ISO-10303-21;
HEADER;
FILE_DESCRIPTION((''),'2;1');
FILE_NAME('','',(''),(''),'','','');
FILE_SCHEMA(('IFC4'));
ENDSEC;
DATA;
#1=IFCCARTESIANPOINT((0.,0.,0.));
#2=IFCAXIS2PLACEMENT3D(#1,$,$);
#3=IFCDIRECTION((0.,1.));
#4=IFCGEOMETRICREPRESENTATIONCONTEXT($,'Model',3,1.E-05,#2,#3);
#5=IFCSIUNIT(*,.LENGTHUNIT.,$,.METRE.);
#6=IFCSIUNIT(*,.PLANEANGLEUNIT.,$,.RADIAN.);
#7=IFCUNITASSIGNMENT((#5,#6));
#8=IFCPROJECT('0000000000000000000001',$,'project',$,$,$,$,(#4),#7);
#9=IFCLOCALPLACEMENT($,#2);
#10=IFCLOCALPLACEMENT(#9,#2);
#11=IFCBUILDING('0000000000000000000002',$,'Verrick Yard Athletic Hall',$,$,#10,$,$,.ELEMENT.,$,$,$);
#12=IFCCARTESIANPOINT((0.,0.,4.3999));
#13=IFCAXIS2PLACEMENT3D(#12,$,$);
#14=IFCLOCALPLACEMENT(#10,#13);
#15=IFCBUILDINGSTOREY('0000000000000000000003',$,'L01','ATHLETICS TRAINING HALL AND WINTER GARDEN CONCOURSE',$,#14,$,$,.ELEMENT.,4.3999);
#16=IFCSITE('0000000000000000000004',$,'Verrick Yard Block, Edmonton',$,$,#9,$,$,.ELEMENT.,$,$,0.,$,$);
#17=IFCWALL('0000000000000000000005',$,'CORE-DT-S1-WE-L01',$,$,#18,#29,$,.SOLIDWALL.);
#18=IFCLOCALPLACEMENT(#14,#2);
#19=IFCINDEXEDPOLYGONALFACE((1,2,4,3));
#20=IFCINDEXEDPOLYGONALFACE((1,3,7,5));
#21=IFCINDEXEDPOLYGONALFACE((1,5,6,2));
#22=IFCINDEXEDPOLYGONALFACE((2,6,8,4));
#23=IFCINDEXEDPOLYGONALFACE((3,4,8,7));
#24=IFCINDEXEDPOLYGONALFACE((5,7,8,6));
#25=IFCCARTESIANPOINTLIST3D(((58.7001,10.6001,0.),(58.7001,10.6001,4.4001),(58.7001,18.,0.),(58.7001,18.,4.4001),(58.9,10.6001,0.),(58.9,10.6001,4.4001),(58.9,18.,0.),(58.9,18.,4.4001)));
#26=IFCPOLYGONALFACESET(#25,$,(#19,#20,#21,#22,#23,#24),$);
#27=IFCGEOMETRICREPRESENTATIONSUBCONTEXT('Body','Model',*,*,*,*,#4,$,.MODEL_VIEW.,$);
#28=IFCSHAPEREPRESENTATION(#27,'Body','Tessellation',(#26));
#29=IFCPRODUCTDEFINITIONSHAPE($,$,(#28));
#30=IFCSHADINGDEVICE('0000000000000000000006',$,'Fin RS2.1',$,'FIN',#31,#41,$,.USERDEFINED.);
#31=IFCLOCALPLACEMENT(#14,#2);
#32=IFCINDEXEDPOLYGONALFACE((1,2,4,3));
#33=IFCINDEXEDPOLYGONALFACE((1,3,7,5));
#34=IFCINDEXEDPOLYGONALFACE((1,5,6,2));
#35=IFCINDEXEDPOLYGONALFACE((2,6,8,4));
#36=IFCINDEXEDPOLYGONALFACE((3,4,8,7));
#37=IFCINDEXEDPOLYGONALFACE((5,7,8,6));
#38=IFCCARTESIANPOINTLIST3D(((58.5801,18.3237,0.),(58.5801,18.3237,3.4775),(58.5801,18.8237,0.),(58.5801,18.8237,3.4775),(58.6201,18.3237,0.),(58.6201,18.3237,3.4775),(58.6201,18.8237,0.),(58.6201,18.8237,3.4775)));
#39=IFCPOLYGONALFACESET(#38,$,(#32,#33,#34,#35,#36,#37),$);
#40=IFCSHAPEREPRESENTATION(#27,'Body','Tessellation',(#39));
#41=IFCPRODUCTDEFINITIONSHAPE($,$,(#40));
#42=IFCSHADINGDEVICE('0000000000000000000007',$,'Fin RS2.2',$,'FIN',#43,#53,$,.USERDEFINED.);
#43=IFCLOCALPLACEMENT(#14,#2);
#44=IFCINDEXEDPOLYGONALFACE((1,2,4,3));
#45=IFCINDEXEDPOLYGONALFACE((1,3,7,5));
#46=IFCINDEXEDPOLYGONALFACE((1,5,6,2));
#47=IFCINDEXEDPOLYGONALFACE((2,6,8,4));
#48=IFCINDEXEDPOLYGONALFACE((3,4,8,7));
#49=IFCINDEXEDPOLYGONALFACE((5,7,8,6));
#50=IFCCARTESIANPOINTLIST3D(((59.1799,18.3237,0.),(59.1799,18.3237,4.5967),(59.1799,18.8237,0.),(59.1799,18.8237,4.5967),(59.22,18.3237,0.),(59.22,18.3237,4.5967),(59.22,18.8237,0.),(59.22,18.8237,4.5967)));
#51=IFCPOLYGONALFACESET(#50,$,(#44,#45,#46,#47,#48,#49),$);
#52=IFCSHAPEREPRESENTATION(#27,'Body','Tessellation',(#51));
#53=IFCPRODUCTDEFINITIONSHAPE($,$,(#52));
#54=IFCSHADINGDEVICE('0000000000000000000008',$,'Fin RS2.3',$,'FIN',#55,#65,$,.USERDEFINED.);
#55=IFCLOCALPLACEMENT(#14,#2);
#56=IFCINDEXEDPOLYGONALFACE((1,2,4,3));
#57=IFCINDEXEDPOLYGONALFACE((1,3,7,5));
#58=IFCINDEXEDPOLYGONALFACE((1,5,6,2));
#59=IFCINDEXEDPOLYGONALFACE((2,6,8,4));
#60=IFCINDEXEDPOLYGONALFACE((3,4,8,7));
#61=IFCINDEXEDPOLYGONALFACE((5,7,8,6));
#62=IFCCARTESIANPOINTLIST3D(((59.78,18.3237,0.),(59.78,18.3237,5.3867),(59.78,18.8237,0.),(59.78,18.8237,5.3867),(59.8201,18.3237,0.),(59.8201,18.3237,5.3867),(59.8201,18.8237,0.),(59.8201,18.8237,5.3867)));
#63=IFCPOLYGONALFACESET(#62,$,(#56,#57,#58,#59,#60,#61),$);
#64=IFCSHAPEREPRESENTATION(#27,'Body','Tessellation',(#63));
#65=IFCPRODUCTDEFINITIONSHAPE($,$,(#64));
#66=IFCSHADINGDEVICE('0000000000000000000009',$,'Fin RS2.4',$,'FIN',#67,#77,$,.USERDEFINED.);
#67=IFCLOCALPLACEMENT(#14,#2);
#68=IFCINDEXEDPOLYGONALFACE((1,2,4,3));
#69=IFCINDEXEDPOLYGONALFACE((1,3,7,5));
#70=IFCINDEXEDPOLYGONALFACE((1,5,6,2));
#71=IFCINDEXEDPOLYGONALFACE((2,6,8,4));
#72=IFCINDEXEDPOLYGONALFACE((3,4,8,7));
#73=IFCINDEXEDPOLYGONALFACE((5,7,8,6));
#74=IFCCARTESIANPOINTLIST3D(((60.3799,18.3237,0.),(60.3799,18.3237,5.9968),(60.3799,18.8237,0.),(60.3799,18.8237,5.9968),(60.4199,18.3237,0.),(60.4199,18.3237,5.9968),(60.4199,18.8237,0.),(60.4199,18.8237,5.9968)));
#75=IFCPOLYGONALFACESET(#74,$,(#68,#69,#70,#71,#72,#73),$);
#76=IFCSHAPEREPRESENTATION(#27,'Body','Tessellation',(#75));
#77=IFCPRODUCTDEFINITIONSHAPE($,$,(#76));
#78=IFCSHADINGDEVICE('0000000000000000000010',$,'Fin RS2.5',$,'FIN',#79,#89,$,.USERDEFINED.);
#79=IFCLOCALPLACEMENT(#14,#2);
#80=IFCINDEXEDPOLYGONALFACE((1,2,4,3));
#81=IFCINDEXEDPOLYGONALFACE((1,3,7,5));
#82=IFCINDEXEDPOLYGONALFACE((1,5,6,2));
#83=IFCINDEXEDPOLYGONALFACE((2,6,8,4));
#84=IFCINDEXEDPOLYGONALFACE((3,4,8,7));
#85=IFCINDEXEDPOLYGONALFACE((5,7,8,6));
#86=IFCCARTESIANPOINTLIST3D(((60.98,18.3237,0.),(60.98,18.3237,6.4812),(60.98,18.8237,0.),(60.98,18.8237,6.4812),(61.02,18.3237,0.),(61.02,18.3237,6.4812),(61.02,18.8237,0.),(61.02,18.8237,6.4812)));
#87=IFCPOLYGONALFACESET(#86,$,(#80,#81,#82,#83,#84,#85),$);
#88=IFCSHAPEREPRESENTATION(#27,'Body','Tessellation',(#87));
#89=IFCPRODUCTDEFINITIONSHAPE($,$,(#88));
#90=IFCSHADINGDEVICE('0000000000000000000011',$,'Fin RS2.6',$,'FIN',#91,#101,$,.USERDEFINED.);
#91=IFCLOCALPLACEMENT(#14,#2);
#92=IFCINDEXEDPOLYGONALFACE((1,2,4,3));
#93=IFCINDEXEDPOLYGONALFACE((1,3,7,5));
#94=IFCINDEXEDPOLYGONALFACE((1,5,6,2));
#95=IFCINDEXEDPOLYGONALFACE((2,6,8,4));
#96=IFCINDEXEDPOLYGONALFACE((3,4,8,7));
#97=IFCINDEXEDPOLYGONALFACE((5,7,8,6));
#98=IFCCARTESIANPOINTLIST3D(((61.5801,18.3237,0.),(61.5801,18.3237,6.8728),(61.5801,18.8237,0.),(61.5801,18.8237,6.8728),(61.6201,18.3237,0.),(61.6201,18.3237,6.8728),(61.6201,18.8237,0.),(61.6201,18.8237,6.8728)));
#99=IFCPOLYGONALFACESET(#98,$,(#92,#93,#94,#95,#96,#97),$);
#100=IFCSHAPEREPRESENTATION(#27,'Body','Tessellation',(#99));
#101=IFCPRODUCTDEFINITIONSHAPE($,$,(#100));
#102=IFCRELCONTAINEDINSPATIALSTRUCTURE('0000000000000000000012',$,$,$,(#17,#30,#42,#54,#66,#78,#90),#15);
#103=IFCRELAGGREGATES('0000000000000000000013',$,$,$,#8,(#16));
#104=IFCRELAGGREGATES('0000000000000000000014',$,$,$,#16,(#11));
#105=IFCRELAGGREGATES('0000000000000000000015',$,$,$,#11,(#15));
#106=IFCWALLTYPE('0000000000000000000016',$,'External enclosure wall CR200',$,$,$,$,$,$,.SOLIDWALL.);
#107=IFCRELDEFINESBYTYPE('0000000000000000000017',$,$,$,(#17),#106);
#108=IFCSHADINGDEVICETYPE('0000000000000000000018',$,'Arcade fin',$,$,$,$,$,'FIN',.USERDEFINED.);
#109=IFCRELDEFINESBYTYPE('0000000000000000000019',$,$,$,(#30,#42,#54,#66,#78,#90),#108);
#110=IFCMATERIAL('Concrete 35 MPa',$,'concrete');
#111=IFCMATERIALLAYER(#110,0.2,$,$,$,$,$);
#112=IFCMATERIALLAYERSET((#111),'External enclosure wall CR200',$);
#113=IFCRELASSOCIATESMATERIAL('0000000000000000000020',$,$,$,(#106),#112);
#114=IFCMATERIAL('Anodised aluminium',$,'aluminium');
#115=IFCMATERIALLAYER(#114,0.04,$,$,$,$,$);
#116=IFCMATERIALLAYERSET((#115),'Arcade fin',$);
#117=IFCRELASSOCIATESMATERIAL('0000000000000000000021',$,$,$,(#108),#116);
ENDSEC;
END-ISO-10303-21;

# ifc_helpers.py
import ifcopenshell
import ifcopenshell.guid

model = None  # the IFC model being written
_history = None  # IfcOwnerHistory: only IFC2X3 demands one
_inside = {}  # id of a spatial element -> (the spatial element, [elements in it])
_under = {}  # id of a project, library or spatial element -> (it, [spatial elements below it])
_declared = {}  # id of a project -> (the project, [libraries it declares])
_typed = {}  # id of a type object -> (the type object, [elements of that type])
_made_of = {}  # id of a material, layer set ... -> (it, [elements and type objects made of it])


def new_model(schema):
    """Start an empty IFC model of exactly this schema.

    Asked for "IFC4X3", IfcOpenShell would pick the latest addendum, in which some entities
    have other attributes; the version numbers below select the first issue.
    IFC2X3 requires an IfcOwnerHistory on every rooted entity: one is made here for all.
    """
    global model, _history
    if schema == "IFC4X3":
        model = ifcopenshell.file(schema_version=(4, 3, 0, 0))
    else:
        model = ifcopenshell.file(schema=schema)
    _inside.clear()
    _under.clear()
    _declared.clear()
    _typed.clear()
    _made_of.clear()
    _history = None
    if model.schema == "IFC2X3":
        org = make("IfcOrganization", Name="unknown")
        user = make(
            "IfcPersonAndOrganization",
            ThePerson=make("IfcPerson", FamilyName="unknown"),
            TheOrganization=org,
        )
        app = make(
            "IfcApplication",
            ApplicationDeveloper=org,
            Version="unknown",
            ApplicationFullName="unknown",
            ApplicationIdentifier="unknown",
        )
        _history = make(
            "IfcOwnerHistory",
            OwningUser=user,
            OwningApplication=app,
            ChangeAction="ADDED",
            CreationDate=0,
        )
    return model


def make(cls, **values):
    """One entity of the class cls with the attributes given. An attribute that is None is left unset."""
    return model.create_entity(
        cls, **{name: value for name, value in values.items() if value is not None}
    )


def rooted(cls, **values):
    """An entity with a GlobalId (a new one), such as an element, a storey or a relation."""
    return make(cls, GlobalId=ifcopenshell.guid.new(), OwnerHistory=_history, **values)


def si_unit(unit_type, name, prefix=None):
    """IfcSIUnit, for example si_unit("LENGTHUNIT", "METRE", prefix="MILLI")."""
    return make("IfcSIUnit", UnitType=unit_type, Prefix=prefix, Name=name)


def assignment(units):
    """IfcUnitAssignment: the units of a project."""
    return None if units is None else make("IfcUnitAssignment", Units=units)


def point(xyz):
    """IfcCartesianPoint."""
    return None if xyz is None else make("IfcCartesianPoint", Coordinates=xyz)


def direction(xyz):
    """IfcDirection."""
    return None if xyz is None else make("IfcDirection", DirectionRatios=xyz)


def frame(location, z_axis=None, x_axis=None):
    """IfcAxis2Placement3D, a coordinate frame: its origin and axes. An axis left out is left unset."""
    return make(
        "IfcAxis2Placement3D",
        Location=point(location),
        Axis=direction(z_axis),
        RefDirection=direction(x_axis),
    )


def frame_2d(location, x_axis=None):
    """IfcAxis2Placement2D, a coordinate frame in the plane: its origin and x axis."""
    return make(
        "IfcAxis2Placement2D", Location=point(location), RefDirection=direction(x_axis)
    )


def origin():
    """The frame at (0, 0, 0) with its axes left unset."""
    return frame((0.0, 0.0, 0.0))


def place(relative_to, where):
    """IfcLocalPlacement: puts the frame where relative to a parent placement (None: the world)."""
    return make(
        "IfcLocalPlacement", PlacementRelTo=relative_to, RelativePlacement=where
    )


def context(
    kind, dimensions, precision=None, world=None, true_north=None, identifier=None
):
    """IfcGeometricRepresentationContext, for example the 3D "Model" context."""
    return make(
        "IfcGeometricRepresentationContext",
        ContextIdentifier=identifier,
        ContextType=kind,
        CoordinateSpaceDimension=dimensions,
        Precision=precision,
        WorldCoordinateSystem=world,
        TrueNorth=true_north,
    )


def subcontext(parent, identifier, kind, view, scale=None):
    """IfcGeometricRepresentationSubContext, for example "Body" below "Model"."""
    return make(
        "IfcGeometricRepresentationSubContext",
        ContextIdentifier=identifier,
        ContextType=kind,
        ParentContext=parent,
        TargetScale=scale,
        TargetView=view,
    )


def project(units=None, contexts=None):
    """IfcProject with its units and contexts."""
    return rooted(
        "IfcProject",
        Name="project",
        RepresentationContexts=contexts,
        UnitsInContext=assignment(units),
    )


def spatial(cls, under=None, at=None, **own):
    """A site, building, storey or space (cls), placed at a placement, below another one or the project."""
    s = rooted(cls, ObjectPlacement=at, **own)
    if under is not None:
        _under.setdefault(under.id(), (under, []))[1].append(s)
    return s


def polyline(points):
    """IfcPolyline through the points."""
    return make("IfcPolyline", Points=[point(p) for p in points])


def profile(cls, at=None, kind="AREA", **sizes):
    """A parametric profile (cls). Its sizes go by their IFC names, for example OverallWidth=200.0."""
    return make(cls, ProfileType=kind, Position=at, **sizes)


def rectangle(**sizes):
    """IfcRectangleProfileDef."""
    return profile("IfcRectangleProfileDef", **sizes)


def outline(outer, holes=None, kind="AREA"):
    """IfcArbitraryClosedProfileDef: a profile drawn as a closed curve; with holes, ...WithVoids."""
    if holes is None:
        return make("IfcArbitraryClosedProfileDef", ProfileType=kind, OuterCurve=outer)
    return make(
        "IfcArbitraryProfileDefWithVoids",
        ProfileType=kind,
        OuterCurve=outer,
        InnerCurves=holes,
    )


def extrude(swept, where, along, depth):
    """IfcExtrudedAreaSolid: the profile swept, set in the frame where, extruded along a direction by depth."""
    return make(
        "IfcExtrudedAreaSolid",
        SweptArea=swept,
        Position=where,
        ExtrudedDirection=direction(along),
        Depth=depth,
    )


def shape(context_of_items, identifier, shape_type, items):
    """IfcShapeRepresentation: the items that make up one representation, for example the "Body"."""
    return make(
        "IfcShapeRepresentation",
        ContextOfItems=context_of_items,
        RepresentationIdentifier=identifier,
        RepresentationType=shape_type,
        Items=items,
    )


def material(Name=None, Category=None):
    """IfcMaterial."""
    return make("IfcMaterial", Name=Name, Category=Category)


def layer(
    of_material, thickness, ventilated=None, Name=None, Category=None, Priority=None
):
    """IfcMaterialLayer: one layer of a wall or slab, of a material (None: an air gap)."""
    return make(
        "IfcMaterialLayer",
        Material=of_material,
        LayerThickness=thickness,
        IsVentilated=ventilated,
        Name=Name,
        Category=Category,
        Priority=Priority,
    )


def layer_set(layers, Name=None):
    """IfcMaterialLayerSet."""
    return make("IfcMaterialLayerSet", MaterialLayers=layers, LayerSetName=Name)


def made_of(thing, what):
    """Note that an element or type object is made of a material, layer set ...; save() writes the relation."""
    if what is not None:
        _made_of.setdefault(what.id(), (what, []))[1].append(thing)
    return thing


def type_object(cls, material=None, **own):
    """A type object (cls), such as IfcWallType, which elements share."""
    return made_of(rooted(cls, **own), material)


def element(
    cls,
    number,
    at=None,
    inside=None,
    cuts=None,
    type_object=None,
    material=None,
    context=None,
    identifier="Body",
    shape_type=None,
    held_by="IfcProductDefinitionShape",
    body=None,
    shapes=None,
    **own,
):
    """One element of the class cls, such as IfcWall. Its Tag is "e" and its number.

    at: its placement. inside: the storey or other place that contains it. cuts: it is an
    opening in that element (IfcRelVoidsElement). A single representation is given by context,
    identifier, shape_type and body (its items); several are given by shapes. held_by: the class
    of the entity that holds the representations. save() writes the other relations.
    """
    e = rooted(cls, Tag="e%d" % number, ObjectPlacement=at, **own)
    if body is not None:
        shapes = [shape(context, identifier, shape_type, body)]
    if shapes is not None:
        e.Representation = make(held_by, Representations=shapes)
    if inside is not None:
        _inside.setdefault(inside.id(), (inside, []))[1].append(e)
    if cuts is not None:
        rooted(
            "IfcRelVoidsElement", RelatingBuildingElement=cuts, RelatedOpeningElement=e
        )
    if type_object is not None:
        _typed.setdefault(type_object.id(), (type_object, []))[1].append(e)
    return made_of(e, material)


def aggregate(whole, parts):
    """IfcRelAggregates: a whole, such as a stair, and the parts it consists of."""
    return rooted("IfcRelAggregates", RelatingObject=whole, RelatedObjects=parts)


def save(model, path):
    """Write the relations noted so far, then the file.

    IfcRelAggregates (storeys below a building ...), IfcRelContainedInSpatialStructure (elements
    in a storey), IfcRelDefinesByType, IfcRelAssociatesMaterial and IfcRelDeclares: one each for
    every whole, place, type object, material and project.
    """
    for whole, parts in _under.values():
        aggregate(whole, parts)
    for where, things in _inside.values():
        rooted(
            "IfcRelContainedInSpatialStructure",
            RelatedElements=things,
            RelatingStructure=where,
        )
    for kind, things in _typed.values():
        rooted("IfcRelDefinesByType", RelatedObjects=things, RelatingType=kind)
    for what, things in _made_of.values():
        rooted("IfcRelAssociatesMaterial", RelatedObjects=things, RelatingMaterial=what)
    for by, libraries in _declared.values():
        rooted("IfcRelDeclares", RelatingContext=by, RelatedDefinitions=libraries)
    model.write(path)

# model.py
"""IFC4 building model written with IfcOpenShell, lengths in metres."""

from ifc_helpers import new_model, si_unit, direction, frame, frame_2d, origin, place, context, subcontext, project, spatial, polyline, rectangle, outline, extrude, material, layer, layer_set, type_object, element, save


model = new_model("IFC4")

# Units and contexts
model_context = context("Model", 3, precision=1e-05, world=origin(), true_north=direction((0.0, 1.0)))
body_context = subcontext(model_context, "Body", "Model", "MODEL_VIEW")
ifc_project = project(units=[si_unit("LENGTHUNIT", "METRE"), si_unit("PLANEANGLEUNIT", "RADIAN")], contexts=[model_context])

# Site, building, storey
site_placement = place(None, origin())
site = spatial("IfcSite", under=ifc_project, at=site_placement, Name="Verrick Yard Block, Edmonton", CompositionType="ELEMENT", RefElevation=0.0)
building_placement = place(site_placement, origin())
building = spatial("IfcBuilding", under=site, at=building_placement, Name="Verrick Yard Athletic Hall", CompositionType="ELEMENT")
storey_placement = place(building_placement, frame((0.0, 0.0, 4.3999)))
storey = spatial("IfcBuildingStorey", under=building, at=storey_placement, Name="L01", Description="ATHLETICS TRAINING HALL AND WINTER GARDEN CONCOURSE", CompositionType="ELEMENT", Elevation=4.3999)

# Wall
ifc_material_1 = material(Name="Concrete 35 MPa", Category="concrete")
ifc_layer_1 = layer(ifc_material_1, 0.2)
ifc_layer_set_1 = layer_set([ifc_layer_1], Name="External enclosure wall CR200")
wall_type = type_object("IfcWallType", Name="External enclosure wall CR200", PredefinedType="SOLIDWALL", material=ifc_layer_set_1)
wall_placement = place(storey_placement, frame((58.8, 18.0, 0.0), z_axis=(0.0, 0.0, 1.0), x_axis=(0.0, -1.0, 0.0)))
element("IfcWall", 1, at=wall_placement, inside=storey, type_object=wall_type, Name="CORE-DT-S1-WE-L01", PredefinedType="SOLIDWALL", context=body_context, shape_type="SweptSolid", body=[
    extrude(rectangle(XDim=7.3999, YDim=0.2, at=frame_2d((3.7, 0.0))), origin(), (0.0, 0.0, 1.0), 4.4001),
])

# Shading devices
ifc_material_2 = material(Name="Anodised aluminium", Category="aluminium")
ifc_layer_2 = layer(ifc_material_2, 0.04)
ifc_layer_set_2 = layer_set([ifc_layer_2], Name="Arcade fin")
shading_device_type = type_object("IfcShadingDeviceType", Name="Arcade fin", ElementType="FIN", PredefinedType="USERDEFINED", material=ifc_layer_set_2)
shading_device_1_placement = place(storey_placement, frame((58.6001, 18.8237, 0.0), z_axis=(0.0, 0.0, 1.0), x_axis=(0.0, -1.0, 0.0)))
element("IfcShadingDevice", 2, at=shading_device_1_placement, inside=storey, type_object=shading_device_type, Name="Fin RS2.1", ObjectType="FIN", PredefinedType="USERDEFINED", context=body_context, shape_type="SweptSolid", body=[
    extrude(outline(polyline([(0.0, 0.0), (0.5, 0.0), (0.5, 3.4775), (0.0, 3.4775), (0.0, 0.0)])), frame((0.0, 0.02, 0.0), z_axis=(0.0, -1.0, 0.0), x_axis=(1.0, 0.0, 0.0)), (0.0, 0.0, 1.0), 0.04),
])
shading_device_2_placement = place(storey_placement, frame((59.2, 18.8237, 0.0), z_axis=(0.0, 0.0, 1.0), x_axis=(0.0, -1.0, 0.0)))
element("IfcShadingDevice", 3, at=shading_device_2_placement, inside=storey, type_object=shading_device_type, Name="Fin RS2.2", ObjectType="FIN", PredefinedType="USERDEFINED", context=body_context, shape_type="SweptSolid", body=[
    extrude(outline(polyline([(0.0, 0.0), (0.5, 0.0), (0.5, 4.5967), (0.0, 4.5967), (0.0, 0.0)])), frame((0.0, 0.02, 0.0), z_axis=(0.0, -1.0, 0.0), x_axis=(1.0, 0.0, 0.0)), (0.0, 0.0, 1.0), 0.04),
])
shading_device_3_placement = place(storey_placement, frame((59.8, 18.8237, 0.0), z_axis=(0.0, 0.0, 1.0), x_axis=(0.0, -1.0, 0.0)))
element("IfcShadingDevice", 4, at=shading_device_3_placement, inside=storey, type_object=shading_device_type, Name="Fin RS2.3", ObjectType="FIN", PredefinedType="USERDEFINED", context=body_context, shape_type="SweptSolid", body=[
    extrude(outline(polyline([(0.0, 0.0), (0.5, 0.0), (0.5, 5.3867), (0.0, 5.3867), (0.0, 0.0)])), frame((0.0, 0.02, 0.0), z_axis=(0.0, -1.0, 0.0), x_axis=(1.0, 0.0, 0.0)), (0.0, 0.0, 1.0), 0.04),
])
shading_device_4_placement = place(storey_placement, frame((60.3999, 18.8237, 0.0), z_axis=(0.0, 0.0, 1.0), x_axis=(0.0, -1.0, 0.0)))
element("IfcShadingDevice", 5, at=shading_device_4_placement, inside=storey, type_object=shading_device_type, Name="Fin RS2.4", ObjectType="FIN", PredefinedType="USERDEFINED", context=body_context, shape_type="SweptSolid", body=[
    extrude(outline(polyline([(0.0, 0.0), (0.5, 0.0), (0.5, 5.9968), (0.0, 5.9968), (0.0, 0.0)])), frame((0.0, 0.02, 0.0), z_axis=(0.0, -1.0, 0.0), x_axis=(1.0, 0.0, 0.0)), (0.0, 0.0, 1.0), 0.04),
])
shading_device_5_placement = place(storey_placement, frame((61.0, 18.8237, 0.0), z_axis=(0.0, 0.0, 1.0), x_axis=(0.0, -1.0, 0.0)))
element("IfcShadingDevice", 6, at=shading_device_5_placement, inside=storey, type_object=shading_device_type, Name="Fin RS2.5", ObjectType="FIN", PredefinedType="USERDEFINED", context=body_context, shape_type="SweptSolid", body=[
    extrude(outline(polyline([(0.0, 0.0), (0.5, 0.0), (0.5, 6.4812), (0.0, 6.4812), (0.0, 0.0)])), frame((0.0, 0.02, 0.0), z_axis=(0.0, -1.0, 0.0), x_axis=(1.0, 0.0, 0.0)), (0.0, 0.0, 1.0), 0.04),
])
shading_device_6_placement = place(storey_placement, frame((61.6001, 18.8237, 0.0), z_axis=(0.0, 0.0, 1.0), x_axis=(0.0, -1.0, 0.0)))
element("IfcShadingDevice", 7, at=shading_device_6_placement, inside=storey, type_object=shading_device_type, Name="Fin RS2.6", ObjectType="FIN", PredefinedType="USERDEFINED", context=body_context, shape_type="SweptSolid", body=[
    extrude(outline(polyline([(0.0, 0.0), (0.5, 0.0), (0.5, 6.8728), (0.0, 6.8728), (0.0, 0.0)])), frame((0.0, 0.02, 0.0), z_axis=(0.0, -1.0, 0.0), x_axis=(1.0, 0.0, 0.0)), (0.0, 0.0, 1.0), 0.04),
])

save(model, "model.ifc")
